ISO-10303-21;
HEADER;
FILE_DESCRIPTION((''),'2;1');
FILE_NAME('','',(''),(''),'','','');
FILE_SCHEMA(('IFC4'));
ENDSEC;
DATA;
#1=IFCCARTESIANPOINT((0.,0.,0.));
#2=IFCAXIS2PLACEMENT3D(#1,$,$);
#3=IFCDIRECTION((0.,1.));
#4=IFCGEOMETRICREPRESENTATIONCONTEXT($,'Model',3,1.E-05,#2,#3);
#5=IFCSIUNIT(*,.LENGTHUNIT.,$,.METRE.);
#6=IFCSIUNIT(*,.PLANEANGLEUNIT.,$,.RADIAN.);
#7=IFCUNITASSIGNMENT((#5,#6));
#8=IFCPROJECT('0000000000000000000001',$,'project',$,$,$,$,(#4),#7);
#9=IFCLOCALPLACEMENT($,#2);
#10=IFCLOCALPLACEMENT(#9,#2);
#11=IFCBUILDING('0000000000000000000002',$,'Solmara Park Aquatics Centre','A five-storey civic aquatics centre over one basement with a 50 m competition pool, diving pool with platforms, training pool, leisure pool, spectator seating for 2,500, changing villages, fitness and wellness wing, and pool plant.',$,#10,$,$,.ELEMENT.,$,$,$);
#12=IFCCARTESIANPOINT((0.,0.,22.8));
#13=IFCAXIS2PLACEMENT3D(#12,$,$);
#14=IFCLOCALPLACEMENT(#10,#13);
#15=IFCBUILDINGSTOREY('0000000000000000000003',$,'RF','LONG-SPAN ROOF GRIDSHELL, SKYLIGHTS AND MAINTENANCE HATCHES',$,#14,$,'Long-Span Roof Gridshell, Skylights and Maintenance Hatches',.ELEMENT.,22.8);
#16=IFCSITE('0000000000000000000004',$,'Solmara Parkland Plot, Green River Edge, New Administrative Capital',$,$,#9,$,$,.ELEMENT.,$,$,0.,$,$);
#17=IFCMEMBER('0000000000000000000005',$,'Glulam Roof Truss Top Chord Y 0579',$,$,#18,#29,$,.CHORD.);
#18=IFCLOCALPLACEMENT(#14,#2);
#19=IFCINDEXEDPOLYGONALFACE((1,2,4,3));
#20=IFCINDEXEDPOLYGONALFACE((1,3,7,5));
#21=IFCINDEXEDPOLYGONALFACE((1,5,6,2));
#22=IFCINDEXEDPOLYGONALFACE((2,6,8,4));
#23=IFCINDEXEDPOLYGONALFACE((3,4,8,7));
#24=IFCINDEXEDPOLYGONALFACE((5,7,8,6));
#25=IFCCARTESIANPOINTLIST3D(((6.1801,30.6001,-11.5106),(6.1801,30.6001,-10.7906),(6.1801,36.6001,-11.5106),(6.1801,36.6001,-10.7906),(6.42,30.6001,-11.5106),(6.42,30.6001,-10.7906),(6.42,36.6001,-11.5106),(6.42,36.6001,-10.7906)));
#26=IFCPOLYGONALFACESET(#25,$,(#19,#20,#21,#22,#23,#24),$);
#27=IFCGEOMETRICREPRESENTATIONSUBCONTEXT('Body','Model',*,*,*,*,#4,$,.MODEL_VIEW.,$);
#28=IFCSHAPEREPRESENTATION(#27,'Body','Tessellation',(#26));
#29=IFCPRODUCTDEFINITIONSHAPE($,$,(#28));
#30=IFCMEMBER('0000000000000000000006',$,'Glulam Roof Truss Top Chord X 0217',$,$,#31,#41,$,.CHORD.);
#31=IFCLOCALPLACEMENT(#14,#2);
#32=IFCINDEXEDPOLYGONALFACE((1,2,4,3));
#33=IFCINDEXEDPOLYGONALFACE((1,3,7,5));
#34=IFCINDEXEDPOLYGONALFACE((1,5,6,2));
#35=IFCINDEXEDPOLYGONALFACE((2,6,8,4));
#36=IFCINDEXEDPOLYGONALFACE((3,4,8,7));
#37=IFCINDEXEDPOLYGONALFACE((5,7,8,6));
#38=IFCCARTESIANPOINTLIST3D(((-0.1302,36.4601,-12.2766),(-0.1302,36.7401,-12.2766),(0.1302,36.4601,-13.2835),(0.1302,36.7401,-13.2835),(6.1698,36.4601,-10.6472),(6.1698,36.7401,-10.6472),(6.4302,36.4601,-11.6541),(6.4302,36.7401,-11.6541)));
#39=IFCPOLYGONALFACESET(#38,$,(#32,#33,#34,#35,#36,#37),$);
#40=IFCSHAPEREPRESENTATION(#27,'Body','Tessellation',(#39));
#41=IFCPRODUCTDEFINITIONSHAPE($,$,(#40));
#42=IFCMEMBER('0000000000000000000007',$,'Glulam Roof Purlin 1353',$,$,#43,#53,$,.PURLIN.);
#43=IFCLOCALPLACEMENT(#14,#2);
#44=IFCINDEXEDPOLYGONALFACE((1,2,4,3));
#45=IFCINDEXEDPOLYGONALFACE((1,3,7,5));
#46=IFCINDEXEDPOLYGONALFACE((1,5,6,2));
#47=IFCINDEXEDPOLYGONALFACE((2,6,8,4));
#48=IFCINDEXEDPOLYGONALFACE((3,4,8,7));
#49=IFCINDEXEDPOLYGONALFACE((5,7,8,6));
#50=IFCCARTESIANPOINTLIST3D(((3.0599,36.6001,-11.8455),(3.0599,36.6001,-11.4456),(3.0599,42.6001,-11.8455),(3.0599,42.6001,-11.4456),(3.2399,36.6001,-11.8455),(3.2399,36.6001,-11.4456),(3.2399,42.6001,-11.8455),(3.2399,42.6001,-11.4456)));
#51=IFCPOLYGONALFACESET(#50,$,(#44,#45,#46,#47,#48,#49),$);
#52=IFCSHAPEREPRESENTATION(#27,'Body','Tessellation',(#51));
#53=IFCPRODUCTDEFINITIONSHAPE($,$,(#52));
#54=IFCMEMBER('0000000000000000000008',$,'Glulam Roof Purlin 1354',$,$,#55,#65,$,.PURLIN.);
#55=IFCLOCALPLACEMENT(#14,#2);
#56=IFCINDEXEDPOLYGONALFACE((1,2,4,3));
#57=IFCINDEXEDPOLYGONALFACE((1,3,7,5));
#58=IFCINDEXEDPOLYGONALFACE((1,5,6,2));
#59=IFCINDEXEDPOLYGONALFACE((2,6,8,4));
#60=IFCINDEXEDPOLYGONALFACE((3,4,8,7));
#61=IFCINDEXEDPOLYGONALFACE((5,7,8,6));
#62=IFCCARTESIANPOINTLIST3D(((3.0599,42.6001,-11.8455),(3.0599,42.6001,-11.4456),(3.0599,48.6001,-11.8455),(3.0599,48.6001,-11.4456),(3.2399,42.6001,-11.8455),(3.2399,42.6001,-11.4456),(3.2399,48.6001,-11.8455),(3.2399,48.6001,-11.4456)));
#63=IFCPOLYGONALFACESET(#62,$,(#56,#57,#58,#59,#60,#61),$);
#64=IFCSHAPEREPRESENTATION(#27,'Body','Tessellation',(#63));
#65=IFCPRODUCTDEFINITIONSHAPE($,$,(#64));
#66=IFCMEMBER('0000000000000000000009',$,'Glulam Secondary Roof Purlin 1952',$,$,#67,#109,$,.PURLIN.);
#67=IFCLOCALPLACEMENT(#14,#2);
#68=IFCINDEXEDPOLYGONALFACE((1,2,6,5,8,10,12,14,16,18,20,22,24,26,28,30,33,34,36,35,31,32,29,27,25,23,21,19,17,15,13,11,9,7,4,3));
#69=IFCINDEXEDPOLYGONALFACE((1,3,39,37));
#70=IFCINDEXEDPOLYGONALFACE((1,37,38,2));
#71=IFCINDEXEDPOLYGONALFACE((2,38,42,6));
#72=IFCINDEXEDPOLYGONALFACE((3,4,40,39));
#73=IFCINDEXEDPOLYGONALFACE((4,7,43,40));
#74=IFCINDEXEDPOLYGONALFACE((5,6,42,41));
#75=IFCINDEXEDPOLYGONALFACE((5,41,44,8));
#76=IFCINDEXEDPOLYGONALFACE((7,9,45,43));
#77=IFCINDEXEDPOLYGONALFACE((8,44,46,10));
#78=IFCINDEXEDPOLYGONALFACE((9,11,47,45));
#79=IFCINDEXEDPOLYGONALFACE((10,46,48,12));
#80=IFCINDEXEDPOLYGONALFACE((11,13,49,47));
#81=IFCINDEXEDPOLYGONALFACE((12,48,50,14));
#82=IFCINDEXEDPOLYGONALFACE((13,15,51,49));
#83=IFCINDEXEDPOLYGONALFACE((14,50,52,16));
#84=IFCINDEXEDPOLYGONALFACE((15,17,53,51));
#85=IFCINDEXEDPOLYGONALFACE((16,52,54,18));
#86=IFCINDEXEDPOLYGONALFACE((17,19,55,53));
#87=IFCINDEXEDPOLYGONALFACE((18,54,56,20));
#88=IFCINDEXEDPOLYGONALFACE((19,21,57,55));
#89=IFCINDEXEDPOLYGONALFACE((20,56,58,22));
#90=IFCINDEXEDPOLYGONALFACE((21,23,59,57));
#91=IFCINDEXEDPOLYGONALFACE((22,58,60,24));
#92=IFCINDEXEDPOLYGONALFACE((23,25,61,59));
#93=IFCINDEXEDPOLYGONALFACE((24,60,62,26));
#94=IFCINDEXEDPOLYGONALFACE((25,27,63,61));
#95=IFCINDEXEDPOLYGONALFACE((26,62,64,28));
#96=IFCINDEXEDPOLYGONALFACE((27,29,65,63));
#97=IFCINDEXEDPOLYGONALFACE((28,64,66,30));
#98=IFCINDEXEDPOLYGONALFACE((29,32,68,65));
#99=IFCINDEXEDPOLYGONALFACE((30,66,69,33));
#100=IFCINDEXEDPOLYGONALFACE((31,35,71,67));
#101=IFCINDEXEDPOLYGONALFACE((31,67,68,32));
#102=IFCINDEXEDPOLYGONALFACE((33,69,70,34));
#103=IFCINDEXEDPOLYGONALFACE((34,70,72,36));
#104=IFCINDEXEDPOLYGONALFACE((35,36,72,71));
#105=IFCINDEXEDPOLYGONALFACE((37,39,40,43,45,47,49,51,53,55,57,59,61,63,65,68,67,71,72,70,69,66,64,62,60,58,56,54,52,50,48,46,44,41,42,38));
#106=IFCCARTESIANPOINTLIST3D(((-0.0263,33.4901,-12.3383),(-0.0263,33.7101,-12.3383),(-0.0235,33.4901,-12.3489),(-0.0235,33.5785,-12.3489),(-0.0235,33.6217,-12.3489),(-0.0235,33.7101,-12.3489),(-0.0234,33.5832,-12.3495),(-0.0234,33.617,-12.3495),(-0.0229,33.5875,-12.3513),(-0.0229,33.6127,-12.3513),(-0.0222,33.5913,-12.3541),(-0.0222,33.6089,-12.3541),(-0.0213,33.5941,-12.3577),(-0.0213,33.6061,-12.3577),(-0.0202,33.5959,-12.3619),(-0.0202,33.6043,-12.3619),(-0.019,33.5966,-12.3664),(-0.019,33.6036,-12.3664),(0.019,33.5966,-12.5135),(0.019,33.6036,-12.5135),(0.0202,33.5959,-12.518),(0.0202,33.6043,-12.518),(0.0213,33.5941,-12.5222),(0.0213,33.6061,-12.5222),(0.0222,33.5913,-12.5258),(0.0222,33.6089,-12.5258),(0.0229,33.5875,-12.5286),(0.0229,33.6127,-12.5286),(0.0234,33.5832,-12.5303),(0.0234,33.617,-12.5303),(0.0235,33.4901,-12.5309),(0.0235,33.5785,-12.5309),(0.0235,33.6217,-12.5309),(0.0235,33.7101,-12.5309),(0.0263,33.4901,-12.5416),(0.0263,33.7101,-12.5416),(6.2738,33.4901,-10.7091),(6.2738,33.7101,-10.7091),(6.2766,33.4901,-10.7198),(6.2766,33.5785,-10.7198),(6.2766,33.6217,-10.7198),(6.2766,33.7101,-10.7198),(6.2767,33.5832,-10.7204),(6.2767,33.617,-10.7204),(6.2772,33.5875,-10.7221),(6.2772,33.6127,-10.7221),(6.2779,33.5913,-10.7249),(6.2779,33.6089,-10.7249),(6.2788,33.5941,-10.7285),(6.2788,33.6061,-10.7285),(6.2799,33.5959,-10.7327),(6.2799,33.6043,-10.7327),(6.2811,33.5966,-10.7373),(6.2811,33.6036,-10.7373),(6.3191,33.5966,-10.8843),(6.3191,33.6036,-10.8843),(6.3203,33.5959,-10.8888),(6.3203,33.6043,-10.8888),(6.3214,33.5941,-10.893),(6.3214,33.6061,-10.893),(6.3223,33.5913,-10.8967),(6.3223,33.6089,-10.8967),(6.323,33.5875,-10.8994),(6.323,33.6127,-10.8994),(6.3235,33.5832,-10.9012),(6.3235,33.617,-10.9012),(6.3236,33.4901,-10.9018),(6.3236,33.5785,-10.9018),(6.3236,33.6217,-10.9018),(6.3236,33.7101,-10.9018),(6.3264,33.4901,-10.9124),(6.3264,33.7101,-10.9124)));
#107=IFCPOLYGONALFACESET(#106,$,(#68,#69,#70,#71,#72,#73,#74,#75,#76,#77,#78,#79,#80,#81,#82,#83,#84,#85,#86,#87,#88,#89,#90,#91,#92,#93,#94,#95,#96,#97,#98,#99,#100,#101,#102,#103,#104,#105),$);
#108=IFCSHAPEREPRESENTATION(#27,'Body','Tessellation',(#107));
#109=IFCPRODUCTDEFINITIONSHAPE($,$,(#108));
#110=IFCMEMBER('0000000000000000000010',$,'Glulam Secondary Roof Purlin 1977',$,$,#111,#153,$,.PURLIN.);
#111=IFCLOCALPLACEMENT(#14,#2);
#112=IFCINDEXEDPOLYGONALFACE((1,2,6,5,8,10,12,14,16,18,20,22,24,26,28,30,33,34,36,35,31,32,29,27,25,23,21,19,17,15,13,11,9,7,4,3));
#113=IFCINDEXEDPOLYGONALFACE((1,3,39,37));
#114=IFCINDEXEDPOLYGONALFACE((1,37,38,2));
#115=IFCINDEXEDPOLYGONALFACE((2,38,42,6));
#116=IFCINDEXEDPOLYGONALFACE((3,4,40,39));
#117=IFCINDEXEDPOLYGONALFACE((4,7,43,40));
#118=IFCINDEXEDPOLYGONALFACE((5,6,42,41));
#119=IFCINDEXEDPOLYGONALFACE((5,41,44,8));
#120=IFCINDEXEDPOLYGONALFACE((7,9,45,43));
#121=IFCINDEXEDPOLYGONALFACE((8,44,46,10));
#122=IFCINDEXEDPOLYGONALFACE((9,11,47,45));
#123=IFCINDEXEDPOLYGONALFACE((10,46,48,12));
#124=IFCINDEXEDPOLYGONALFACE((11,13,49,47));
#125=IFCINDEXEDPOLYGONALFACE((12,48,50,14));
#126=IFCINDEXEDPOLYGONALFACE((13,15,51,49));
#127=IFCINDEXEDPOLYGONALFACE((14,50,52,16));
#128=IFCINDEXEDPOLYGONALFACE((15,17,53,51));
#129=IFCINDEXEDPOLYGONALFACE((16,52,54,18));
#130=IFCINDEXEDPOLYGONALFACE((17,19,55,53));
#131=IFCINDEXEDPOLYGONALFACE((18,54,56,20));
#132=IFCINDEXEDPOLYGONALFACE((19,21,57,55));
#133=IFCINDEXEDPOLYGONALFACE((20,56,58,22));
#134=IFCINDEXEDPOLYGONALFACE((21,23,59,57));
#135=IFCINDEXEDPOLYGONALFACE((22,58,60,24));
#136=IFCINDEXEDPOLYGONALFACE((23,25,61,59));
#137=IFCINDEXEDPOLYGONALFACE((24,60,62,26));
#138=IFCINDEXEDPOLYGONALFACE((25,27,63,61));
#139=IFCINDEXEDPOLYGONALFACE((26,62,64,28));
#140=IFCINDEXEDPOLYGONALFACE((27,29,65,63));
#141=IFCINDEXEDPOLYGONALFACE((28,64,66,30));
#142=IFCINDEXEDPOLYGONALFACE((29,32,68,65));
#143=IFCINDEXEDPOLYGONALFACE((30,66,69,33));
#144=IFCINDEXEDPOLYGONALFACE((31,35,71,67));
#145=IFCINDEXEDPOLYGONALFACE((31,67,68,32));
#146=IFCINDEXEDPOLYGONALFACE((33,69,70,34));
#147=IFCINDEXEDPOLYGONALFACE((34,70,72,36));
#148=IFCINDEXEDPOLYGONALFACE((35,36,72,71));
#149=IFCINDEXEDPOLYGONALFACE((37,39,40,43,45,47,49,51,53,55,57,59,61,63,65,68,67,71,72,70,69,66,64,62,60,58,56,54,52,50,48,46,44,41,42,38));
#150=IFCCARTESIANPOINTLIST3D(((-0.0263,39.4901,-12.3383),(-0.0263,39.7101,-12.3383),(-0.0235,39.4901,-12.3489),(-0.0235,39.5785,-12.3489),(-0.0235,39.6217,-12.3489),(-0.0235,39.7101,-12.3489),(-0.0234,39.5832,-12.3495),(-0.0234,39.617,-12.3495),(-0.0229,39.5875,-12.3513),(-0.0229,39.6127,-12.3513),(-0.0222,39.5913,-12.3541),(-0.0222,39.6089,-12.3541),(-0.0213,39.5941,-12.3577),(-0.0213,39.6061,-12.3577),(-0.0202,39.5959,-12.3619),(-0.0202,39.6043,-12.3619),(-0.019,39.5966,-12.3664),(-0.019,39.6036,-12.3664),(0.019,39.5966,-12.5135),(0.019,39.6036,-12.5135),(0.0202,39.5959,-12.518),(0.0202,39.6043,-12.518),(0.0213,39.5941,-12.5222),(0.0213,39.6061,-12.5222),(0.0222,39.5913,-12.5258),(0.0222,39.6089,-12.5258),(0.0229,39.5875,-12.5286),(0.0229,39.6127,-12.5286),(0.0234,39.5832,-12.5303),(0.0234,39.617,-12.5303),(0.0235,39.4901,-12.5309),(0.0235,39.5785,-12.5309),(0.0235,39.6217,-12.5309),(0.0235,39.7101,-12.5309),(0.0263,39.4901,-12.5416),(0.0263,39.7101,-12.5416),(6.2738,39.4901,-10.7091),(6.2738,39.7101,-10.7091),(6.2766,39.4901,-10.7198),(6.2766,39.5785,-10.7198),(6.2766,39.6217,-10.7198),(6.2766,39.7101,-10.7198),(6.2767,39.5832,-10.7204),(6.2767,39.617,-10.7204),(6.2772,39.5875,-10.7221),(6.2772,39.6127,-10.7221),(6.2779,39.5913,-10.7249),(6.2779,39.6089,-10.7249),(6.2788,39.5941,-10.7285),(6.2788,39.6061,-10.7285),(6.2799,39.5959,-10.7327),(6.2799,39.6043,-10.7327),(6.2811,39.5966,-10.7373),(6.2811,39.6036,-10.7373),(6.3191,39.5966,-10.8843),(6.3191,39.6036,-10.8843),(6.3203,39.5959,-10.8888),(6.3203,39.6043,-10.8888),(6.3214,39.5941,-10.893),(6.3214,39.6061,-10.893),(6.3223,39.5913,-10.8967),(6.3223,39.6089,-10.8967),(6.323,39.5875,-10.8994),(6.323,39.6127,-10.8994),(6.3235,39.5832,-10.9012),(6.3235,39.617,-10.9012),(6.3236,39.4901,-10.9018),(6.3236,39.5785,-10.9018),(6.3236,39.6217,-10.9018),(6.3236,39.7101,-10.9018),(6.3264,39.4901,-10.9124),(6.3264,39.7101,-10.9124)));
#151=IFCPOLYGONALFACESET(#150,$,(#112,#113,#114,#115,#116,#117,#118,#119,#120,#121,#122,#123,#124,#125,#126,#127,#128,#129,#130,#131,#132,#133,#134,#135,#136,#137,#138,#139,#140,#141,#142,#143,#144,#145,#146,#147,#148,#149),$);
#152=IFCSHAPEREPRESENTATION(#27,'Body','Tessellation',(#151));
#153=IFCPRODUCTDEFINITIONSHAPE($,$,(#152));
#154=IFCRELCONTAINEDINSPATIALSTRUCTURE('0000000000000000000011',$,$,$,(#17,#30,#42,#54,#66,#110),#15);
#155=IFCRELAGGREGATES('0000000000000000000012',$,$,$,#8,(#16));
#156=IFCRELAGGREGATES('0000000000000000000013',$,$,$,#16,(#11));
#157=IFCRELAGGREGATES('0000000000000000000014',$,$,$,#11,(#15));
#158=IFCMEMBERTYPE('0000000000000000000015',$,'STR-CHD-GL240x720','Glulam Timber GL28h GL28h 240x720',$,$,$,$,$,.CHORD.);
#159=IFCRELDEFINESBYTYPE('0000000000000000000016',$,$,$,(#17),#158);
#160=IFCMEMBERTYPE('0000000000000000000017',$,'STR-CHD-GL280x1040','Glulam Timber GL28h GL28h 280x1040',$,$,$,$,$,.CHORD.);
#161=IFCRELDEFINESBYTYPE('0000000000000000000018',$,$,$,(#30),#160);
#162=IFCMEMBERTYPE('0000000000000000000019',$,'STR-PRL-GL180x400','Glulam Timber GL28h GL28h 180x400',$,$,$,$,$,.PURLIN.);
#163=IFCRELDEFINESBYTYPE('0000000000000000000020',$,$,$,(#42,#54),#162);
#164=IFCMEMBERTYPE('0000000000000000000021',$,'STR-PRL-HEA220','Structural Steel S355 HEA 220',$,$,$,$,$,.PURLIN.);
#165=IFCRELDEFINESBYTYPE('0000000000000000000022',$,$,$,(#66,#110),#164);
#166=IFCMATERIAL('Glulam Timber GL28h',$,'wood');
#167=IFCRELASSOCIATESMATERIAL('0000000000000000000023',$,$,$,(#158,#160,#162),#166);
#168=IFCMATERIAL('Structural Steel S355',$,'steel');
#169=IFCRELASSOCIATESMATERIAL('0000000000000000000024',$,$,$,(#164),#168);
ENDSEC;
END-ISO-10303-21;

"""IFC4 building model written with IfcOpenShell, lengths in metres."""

from ifc_helpers import new_model, si_unit, direction, frame, origin, origin_2d, place, context, subcontext, project, spatial, rectangle, i_section, extrude, material, material_profile, profile_set, type_object, element, save


model = new_model("IFC4")

# Units and contexts
model_context = context("Model", 3, precision=1e-05, world=origin(), true_north=direction((0.0, 1.0)))
body_context = subcontext(model_context, "Body", "Model", "MODEL_VIEW")
ifc_project = project(units=[si_unit("LENGTHUNIT", "METRE"), si_unit("PLANEANGLEUNIT", "RADIAN")], contexts=[model_context])

# Site, building, storey
site_placement = place(None, origin())
site = spatial("IfcSite", under=ifc_project, at=site_placement, Name="Solmara Parkland Plot, Green River Edge, New Administrative Capital", CompositionType="ELEMENT", RefElevation=0.0)
building_placement = place(site_placement, origin())
building = spatial("IfcBuilding", under=site, at=building_placement, Name="Solmara Park Aquatics Centre", Description="A five-storey civic aquatics centre over one basement with a 50 m competition pool, diving pool with platforms, training pool, leisure pool, spectator seating for 2,500, changing villages, fitness and wellness wing, and pool plant.", CompositionType="ELEMENT")
storey_placement = place(building_placement, frame((0.0, 0.0, 22.8)))
storey = spatial("IfcBuildingStorey", under=building, at=storey_placement, Name="RF", Description="LONG-SPAN ROOF GRIDSHELL, SKYLIGHTS AND MAINTENANCE HATCHES", LongName="Long-Span Roof Gridshell, Skylights and Maintenance Hatches", CompositionType="ELEMENT", Elevation=22.8)

# Members
ifc_material_1 = material(Name="Structural Steel S355", Category="steel")
ifc_material_2 = material(Name="Glulam Timber GL28h", Category="wood")
ifc_material_profile_1 = material_profile(ifc_material_2, rectangle(XDim=0.24, YDim=0.72, at=origin_2d()), Name="GL28h 240x720")
ifc_profile_set_1 = profile_set([ifc_material_profile_1], Name="Glulam Timber GL28h")
member_type_1 = type_object("IfcMemberType", Name="STR-CHD-GL240x720", Description="Glulam Timber GL28h GL28h 240x720", PredefinedType="CHORD", material=ifc_profile_set_1)
for number, where, z_axis, x_axis, name in (
    (1, (6.3, 30.6001, -11.1506), (0.0, 1.0, 0.0), (-1.0, 0.0, 0.0), "Glulam Roof Truss Top Chord Y 0579"),
):
    element("IfcMember", number, at=place(storey_placement, frame(where, z_axis=z_axis, x_axis=x_axis)), inside=storey, type_object=member_type_1, Name=name, PredefinedType="CHORD", context=body_context, shape_type="SweptSolid", body=[
        extrude(rectangle(XDim=0.24, YDim=0.72, at=origin_2d()), origin(), (0.0, 0.0, 1.0), 6.0),
    ])
ifc_material_profile_2 = material_profile(ifc_material_2, rectangle(XDim=0.28, YDim=1.04, at=origin_2d()), Name="GL28h 280x1040")
ifc_profile_set_2 = profile_set([ifc_material_profile_2], Name="Glulam Timber GL28h")
member_type_2 = type_object("IfcMemberType", Name="STR-CHD-GL280x1040", Description="Glulam Timber GL28h GL28h 280x1040", PredefinedType="CHORD", material=ifc_profile_set_2)
member_1_placement = place(storey_placement, frame((0.0, 36.6001, -12.78), z_axis=(0.968144, 0.0, 0.250393), x_axis=(0.0, 1.0, 0.0)))
element("IfcMember", 2, at=member_1_placement, inside=storey, type_object=member_type_2, Name="Glulam Roof Truss Top Chord X 0217", PredefinedType="CHORD", context=body_context, shape_type="SweptSolid", body=[
    extrude(rectangle(XDim=0.28, YDim=1.04, at=origin_2d()), origin(), (0.0, 0.0, 1.0), 6.5073),
])
ifc_material_profile_3 = material_profile(ifc_material_2, rectangle(XDim=0.1799, YDim=0.3999, at=origin_2d()), Name="GL28h 180x400")
ifc_profile_set_3 = profile_set([ifc_material_profile_3], Name="Glulam Timber GL28h")
member_type_3 = type_object("IfcMemberType", Name="STR-PRL-GL180x400", Description="Glulam Timber GL28h GL28h 180x400", PredefinedType="PURLIN", material=ifc_profile_set_3)
for number, where, z_axis, x_axis, name in (
    (3, (3.1499, 36.6001, -11.6455), (0.0, 1.0, 0.0), (-1.0, 0.0, 0.0), "Glulam Roof Purlin 1353"),
    (4, (3.1499, 42.6001, -11.6455), (0.0, 1.0, 0.0), (-1.0, 0.0, 0.0), "Glulam Roof Purlin 1354"),
):
    element("IfcMember", number, at=place(storey_placement, frame(where, z_axis=z_axis, x_axis=x_axis)), inside=storey, type_object=member_type_3, Name=name, PredefinedType="PURLIN", context=body_context, shape_type="SweptSolid", body=[
        extrude(rectangle(XDim=0.1799, YDim=0.3999, at=origin_2d()), origin(), (0.0, 0.0, 1.0), 6.0),
    ])
ifc_material_profile_4 = material_profile(ifc_material_1, i_section(OverallWidth=0.22, OverallDepth=0.21, WebThickness=0.0071, FlangeThickness=0.011, FilletRadius=0.0181, at=origin_2d()), Name="HEA 220")
ifc_profile_set_4 = profile_set([ifc_material_profile_4], Name="Structural Steel S355")
member_type_4 = type_object("IfcMemberType", Name="STR-PRL-HEA220", Description="Structural Steel S355 HEA 220", PredefinedType="PURLIN", material=ifc_profile_set_4)
for number, where, z_axis, x_axis, name in (
    (5, (0.0, 33.6001, -12.4399), (0.968153, 0.0, 0.250358), (0.0, 1.0, 0.0), "Glulam Secondary Roof Purlin 1952"),
    (6, (0.0, 39.6001, -12.4399), (0.968153, 0.0, 0.250358), (0.0, 1.0, 0.0), "Glulam Secondary Roof Purlin 1977"),
):
    element("IfcMember", number, at=place(storey_placement, frame(where, z_axis=z_axis, x_axis=x_axis)), inside=storey, type_object=member_type_4, Name=name, PredefinedType="PURLIN", context=body_context, shape_type="SweptSolid", body=[
        extrude(i_section(OverallWidth=0.22, OverallDepth=0.21, WebThickness=0.0071, FlangeThickness=0.011, FilletRadius=0.0181, at=origin_2d()), origin(), (0.0, 0.0, 1.0), 6.5073),
    ])

save(model, "model.ifc")
